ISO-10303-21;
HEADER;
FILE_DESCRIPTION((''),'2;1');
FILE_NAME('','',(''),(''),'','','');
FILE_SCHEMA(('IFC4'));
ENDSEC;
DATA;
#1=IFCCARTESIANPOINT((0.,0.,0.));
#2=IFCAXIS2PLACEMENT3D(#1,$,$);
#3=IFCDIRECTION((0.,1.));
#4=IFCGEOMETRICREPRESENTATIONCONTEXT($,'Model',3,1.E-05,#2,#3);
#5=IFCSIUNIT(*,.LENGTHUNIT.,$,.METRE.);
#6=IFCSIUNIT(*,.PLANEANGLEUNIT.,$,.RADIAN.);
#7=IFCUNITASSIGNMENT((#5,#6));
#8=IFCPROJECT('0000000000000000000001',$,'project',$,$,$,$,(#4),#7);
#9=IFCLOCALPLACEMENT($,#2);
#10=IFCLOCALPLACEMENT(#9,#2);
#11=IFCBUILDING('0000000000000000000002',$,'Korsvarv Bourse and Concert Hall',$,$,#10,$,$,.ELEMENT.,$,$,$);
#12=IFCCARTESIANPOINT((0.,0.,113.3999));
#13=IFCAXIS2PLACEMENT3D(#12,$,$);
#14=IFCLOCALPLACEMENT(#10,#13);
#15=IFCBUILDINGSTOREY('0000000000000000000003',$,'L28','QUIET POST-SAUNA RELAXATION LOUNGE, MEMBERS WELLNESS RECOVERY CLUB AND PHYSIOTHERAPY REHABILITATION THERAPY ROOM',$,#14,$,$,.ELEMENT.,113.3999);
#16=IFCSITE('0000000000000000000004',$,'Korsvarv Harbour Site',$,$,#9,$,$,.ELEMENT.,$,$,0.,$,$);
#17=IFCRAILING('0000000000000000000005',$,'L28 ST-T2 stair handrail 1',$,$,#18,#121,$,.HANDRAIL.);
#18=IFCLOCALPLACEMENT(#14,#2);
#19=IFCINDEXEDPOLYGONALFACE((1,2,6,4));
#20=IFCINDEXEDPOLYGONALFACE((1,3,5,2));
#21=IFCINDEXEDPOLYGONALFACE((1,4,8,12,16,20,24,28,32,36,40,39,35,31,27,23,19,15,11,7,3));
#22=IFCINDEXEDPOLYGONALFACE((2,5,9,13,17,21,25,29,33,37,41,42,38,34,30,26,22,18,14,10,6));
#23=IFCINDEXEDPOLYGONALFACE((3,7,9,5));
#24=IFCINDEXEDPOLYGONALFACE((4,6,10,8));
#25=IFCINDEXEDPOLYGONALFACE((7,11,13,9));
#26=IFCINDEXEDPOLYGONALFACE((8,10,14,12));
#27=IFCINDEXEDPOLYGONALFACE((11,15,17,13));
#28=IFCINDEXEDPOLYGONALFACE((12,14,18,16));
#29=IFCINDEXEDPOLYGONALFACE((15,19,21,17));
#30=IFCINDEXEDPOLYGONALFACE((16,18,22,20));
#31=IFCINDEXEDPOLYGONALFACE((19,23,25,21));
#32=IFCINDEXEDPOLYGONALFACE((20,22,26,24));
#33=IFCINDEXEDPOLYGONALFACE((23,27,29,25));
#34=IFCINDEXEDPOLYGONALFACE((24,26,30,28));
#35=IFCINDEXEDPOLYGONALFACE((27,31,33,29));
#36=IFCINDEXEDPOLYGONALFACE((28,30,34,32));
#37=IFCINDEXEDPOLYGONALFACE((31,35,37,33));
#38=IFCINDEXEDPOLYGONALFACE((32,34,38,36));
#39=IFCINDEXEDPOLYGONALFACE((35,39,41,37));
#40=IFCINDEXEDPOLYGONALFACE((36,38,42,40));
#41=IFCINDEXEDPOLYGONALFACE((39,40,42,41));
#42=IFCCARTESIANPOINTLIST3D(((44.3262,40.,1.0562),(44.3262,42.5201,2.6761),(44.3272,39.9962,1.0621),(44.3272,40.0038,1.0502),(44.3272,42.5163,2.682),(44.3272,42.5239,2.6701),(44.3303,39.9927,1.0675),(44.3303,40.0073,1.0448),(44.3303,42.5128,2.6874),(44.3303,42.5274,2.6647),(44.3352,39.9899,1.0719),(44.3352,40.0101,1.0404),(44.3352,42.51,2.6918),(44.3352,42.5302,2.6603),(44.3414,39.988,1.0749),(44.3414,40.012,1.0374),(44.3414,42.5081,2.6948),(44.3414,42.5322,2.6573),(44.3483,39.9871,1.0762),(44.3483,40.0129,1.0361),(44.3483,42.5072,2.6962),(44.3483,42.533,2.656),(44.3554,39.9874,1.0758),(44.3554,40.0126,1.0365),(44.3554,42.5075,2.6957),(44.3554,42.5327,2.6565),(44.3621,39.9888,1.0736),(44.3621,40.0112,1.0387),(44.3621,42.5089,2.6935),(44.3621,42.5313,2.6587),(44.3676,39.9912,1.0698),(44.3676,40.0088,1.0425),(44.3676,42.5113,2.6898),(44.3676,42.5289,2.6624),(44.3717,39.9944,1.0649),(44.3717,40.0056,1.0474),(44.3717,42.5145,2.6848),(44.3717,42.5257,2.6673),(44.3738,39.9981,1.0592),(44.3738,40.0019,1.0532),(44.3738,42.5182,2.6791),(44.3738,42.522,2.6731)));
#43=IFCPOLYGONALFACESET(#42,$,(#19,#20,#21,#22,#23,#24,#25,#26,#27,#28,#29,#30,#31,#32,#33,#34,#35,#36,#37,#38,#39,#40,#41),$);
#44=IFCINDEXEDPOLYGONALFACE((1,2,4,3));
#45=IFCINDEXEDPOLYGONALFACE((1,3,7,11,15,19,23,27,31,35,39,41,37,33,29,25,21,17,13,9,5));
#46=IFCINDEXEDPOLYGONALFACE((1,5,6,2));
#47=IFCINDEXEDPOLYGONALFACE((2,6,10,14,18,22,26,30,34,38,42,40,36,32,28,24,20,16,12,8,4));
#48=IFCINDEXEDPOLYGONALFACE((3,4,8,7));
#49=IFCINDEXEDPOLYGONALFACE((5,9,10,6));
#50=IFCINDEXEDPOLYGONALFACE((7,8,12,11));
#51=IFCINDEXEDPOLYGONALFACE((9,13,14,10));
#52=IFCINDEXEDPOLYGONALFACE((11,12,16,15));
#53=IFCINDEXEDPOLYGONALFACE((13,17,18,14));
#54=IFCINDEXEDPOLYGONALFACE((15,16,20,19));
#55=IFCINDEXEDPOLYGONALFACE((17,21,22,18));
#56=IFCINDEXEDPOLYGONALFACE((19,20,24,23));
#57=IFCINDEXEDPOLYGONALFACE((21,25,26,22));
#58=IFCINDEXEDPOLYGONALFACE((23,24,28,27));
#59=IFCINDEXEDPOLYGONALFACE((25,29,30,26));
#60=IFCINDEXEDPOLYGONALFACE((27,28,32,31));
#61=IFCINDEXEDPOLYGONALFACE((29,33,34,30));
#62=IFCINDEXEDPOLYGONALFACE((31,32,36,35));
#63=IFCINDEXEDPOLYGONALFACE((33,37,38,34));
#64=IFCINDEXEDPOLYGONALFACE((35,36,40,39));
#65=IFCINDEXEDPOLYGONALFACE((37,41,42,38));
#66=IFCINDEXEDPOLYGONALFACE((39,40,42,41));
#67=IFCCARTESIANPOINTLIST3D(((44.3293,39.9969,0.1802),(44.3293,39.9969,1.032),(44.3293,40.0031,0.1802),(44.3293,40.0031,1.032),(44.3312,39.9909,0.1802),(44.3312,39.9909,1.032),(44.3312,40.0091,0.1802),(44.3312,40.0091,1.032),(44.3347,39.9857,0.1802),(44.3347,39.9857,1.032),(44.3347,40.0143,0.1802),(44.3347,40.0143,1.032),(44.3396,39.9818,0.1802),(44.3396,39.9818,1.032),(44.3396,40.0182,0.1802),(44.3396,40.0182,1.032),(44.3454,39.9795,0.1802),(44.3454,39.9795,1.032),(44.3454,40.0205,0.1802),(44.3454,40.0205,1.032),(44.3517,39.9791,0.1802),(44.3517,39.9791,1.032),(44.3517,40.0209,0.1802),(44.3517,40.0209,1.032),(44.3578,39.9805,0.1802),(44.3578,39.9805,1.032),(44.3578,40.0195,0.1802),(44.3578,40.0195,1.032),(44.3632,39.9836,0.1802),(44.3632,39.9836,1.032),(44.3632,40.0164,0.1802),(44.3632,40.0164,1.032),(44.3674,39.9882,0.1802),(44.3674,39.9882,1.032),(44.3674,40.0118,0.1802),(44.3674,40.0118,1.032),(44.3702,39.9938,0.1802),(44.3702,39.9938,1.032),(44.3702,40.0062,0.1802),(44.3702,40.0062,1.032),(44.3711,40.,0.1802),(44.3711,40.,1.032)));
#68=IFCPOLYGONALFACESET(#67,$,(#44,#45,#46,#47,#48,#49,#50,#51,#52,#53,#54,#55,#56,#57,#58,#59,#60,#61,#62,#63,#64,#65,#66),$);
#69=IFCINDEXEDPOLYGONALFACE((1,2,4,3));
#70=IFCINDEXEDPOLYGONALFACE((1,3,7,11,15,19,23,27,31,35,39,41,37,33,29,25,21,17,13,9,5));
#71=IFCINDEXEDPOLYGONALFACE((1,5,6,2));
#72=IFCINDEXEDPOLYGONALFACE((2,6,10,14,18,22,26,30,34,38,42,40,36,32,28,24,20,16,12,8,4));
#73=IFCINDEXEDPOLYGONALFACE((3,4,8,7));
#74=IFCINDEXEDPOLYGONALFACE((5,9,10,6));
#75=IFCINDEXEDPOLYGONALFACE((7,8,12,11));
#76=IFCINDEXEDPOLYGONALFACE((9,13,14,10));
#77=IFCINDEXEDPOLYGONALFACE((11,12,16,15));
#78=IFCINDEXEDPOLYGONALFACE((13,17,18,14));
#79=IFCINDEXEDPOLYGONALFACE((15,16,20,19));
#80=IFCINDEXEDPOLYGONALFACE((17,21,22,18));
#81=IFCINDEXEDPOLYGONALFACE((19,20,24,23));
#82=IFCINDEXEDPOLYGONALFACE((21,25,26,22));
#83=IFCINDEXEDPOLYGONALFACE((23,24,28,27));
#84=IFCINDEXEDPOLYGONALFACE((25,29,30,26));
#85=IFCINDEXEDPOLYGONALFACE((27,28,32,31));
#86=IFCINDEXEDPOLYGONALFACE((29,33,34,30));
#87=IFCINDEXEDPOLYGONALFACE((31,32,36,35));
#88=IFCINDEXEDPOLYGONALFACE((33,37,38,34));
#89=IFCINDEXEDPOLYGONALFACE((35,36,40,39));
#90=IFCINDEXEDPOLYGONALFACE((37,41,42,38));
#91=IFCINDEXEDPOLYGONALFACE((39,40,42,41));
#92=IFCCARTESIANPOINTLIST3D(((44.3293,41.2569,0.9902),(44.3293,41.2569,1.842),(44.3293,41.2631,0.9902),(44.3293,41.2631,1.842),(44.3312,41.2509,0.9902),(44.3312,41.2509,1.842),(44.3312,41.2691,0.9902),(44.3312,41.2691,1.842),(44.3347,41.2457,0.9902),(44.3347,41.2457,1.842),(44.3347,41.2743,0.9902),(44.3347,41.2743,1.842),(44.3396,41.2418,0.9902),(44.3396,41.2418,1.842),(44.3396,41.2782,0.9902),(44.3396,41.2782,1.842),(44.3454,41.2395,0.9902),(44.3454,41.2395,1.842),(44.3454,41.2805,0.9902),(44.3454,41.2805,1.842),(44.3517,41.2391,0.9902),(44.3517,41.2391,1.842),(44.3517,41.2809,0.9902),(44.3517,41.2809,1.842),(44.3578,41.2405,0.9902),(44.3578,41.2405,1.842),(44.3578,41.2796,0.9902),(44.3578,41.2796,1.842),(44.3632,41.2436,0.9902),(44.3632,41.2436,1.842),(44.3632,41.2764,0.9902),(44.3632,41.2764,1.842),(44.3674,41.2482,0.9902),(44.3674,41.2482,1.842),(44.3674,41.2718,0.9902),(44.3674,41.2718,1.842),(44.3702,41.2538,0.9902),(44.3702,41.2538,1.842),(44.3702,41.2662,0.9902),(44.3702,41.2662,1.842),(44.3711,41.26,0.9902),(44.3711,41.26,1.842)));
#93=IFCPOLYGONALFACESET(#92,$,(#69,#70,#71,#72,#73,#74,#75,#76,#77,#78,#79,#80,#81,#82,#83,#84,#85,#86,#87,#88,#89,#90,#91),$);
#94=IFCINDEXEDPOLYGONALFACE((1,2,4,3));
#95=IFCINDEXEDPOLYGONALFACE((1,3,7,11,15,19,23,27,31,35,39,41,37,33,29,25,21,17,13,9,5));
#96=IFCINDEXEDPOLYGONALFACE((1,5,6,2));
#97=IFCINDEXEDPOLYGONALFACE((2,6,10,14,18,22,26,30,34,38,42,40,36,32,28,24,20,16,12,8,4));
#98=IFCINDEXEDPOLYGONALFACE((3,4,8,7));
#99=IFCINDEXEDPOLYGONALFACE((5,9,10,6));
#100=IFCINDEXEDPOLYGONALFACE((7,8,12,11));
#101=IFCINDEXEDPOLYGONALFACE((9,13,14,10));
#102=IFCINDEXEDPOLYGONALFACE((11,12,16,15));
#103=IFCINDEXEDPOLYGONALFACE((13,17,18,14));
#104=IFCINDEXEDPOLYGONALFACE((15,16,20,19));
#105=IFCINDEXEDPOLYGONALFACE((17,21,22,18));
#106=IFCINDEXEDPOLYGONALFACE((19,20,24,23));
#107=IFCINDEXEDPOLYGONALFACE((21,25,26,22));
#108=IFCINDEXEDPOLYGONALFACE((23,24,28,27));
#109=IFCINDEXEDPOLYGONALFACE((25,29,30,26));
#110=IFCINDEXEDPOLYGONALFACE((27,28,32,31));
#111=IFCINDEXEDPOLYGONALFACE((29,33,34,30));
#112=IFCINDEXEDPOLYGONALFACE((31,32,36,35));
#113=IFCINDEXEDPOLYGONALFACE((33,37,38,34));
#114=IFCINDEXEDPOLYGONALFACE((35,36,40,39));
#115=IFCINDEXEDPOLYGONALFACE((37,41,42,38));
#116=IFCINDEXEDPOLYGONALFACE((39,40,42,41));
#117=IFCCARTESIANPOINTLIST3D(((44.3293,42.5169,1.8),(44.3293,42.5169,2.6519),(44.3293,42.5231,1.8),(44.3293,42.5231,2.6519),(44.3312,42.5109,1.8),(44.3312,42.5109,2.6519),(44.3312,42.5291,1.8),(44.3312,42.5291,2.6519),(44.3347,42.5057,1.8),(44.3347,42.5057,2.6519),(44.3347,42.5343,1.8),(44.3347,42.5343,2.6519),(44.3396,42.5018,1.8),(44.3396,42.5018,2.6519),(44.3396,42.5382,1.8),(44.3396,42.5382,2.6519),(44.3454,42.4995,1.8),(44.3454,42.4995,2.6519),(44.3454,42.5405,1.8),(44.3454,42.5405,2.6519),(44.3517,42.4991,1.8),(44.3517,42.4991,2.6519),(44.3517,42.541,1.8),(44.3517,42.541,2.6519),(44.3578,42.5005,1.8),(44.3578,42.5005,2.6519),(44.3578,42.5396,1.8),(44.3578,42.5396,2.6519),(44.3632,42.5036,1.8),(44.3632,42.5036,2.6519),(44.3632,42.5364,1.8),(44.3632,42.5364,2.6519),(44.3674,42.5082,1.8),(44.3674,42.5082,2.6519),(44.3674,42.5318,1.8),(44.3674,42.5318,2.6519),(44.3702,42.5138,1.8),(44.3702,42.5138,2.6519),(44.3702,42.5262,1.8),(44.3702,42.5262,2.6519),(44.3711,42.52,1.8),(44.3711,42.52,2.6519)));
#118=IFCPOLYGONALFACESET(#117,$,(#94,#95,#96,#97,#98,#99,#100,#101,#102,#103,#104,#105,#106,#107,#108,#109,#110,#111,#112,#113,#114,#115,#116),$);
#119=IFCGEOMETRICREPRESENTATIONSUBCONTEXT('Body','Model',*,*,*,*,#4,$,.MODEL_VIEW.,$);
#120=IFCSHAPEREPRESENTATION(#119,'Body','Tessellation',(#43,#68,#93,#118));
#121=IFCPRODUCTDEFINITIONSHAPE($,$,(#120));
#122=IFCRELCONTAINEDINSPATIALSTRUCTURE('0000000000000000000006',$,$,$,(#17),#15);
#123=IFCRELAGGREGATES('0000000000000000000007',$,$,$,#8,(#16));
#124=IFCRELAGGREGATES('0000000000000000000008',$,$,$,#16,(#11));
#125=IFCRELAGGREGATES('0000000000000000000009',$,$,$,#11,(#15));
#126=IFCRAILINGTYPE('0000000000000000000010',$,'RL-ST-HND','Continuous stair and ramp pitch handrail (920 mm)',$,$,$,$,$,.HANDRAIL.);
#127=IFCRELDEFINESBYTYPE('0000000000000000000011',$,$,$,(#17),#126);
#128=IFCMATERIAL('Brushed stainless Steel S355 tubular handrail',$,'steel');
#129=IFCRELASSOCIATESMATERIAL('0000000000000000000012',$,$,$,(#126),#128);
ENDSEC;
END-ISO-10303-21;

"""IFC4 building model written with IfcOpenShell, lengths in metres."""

from ifc_helpers import new_model, si_unit, direction, frame, origin, origin_2d, place, context, subcontext, project, spatial, circle, extrude, material, type_object, element, save


model = new_model("IFC4")

# Units and contexts
model_context = context("Model", 3, precision=1e-05, world=origin(), true_north=direction((0.0, 1.0)))
body_context = subcontext(model_context, "Body", "Model", "MODEL_VIEW")
ifc_project = project(units=[si_unit("LENGTHUNIT", "METRE"), si_unit("PLANEANGLEUNIT", "RADIAN")], contexts=[model_context])

# Site, building, storey
site_placement = place(None, origin())
site = spatial("IfcSite", under=ifc_project, at=site_placement, Name="Korsvarv Harbour Site", CompositionType="ELEMENT", RefElevation=0.0)
building_placement = place(site_placement, origin())
building = spatial("IfcBuilding", under=site, at=building_placement, Name="Korsvarv Bourse and Concert Hall", CompositionType="ELEMENT")
storey_placement = place(building_placement, frame((0.0, 0.0, 113.3999)))
storey = spatial("IfcBuildingStorey", under=building, at=storey_placement, Name="L28", Description="QUIET POST-SAUNA RELAXATION LOUNGE, MEMBERS WELLNESS RECOVERY CLUB AND PHYSIOTHERAPY REHABILITATION THERAPY ROOM", CompositionType="ELEMENT", Elevation=113.3999)

# Railing
ifc_material_1 = material(Name="Brushed stainless Steel S355 tubular handrail", Category="steel")
railing_type_1 = type_object("IfcRailingType", Name="RL-ST-HND", Description="Continuous stair and ramp pitch handrail (920 mm)", PredefinedType="HANDRAIL", material=ifc_material_1)
railing_1_placement = place(storey_placement, frame((44.3501, 40.0, 0.1802)))
element("IfcRailing", 1, at=railing_1_placement, inside=storey, type_object=railing_type_1, Name="L28 ST-T2 stair handrail 1", PredefinedType="HANDRAIL", context=body_context, shape_type="SweptSolid", body=[
    extrude(circle(Radius=0.0239, at=origin_2d()), frame((0.0, 0.0, 0.876), z_axis=(0.0, 0.8412, 0.540725), x_axis=(-1.0, 0.0, 0.0)), (0.0, 0.0, 1.0), 2.9958),
    extrude(circle(Radius=0.021, at=origin_2d()), origin(), (0.0, 0.0, 1.0), 0.8518),
    extrude(circle(Radius=0.021, at=origin_2d()), frame((0.0, 1.26, 0.8101)), (0.0, 0.0, 1.0), 0.8518),
    extrude(circle(Radius=0.021, at=origin_2d()), frame((0.0, 2.52, 1.6199)), (0.0, 0.0, 1.0), 0.8518),
])

save(model, "model.ifc")
